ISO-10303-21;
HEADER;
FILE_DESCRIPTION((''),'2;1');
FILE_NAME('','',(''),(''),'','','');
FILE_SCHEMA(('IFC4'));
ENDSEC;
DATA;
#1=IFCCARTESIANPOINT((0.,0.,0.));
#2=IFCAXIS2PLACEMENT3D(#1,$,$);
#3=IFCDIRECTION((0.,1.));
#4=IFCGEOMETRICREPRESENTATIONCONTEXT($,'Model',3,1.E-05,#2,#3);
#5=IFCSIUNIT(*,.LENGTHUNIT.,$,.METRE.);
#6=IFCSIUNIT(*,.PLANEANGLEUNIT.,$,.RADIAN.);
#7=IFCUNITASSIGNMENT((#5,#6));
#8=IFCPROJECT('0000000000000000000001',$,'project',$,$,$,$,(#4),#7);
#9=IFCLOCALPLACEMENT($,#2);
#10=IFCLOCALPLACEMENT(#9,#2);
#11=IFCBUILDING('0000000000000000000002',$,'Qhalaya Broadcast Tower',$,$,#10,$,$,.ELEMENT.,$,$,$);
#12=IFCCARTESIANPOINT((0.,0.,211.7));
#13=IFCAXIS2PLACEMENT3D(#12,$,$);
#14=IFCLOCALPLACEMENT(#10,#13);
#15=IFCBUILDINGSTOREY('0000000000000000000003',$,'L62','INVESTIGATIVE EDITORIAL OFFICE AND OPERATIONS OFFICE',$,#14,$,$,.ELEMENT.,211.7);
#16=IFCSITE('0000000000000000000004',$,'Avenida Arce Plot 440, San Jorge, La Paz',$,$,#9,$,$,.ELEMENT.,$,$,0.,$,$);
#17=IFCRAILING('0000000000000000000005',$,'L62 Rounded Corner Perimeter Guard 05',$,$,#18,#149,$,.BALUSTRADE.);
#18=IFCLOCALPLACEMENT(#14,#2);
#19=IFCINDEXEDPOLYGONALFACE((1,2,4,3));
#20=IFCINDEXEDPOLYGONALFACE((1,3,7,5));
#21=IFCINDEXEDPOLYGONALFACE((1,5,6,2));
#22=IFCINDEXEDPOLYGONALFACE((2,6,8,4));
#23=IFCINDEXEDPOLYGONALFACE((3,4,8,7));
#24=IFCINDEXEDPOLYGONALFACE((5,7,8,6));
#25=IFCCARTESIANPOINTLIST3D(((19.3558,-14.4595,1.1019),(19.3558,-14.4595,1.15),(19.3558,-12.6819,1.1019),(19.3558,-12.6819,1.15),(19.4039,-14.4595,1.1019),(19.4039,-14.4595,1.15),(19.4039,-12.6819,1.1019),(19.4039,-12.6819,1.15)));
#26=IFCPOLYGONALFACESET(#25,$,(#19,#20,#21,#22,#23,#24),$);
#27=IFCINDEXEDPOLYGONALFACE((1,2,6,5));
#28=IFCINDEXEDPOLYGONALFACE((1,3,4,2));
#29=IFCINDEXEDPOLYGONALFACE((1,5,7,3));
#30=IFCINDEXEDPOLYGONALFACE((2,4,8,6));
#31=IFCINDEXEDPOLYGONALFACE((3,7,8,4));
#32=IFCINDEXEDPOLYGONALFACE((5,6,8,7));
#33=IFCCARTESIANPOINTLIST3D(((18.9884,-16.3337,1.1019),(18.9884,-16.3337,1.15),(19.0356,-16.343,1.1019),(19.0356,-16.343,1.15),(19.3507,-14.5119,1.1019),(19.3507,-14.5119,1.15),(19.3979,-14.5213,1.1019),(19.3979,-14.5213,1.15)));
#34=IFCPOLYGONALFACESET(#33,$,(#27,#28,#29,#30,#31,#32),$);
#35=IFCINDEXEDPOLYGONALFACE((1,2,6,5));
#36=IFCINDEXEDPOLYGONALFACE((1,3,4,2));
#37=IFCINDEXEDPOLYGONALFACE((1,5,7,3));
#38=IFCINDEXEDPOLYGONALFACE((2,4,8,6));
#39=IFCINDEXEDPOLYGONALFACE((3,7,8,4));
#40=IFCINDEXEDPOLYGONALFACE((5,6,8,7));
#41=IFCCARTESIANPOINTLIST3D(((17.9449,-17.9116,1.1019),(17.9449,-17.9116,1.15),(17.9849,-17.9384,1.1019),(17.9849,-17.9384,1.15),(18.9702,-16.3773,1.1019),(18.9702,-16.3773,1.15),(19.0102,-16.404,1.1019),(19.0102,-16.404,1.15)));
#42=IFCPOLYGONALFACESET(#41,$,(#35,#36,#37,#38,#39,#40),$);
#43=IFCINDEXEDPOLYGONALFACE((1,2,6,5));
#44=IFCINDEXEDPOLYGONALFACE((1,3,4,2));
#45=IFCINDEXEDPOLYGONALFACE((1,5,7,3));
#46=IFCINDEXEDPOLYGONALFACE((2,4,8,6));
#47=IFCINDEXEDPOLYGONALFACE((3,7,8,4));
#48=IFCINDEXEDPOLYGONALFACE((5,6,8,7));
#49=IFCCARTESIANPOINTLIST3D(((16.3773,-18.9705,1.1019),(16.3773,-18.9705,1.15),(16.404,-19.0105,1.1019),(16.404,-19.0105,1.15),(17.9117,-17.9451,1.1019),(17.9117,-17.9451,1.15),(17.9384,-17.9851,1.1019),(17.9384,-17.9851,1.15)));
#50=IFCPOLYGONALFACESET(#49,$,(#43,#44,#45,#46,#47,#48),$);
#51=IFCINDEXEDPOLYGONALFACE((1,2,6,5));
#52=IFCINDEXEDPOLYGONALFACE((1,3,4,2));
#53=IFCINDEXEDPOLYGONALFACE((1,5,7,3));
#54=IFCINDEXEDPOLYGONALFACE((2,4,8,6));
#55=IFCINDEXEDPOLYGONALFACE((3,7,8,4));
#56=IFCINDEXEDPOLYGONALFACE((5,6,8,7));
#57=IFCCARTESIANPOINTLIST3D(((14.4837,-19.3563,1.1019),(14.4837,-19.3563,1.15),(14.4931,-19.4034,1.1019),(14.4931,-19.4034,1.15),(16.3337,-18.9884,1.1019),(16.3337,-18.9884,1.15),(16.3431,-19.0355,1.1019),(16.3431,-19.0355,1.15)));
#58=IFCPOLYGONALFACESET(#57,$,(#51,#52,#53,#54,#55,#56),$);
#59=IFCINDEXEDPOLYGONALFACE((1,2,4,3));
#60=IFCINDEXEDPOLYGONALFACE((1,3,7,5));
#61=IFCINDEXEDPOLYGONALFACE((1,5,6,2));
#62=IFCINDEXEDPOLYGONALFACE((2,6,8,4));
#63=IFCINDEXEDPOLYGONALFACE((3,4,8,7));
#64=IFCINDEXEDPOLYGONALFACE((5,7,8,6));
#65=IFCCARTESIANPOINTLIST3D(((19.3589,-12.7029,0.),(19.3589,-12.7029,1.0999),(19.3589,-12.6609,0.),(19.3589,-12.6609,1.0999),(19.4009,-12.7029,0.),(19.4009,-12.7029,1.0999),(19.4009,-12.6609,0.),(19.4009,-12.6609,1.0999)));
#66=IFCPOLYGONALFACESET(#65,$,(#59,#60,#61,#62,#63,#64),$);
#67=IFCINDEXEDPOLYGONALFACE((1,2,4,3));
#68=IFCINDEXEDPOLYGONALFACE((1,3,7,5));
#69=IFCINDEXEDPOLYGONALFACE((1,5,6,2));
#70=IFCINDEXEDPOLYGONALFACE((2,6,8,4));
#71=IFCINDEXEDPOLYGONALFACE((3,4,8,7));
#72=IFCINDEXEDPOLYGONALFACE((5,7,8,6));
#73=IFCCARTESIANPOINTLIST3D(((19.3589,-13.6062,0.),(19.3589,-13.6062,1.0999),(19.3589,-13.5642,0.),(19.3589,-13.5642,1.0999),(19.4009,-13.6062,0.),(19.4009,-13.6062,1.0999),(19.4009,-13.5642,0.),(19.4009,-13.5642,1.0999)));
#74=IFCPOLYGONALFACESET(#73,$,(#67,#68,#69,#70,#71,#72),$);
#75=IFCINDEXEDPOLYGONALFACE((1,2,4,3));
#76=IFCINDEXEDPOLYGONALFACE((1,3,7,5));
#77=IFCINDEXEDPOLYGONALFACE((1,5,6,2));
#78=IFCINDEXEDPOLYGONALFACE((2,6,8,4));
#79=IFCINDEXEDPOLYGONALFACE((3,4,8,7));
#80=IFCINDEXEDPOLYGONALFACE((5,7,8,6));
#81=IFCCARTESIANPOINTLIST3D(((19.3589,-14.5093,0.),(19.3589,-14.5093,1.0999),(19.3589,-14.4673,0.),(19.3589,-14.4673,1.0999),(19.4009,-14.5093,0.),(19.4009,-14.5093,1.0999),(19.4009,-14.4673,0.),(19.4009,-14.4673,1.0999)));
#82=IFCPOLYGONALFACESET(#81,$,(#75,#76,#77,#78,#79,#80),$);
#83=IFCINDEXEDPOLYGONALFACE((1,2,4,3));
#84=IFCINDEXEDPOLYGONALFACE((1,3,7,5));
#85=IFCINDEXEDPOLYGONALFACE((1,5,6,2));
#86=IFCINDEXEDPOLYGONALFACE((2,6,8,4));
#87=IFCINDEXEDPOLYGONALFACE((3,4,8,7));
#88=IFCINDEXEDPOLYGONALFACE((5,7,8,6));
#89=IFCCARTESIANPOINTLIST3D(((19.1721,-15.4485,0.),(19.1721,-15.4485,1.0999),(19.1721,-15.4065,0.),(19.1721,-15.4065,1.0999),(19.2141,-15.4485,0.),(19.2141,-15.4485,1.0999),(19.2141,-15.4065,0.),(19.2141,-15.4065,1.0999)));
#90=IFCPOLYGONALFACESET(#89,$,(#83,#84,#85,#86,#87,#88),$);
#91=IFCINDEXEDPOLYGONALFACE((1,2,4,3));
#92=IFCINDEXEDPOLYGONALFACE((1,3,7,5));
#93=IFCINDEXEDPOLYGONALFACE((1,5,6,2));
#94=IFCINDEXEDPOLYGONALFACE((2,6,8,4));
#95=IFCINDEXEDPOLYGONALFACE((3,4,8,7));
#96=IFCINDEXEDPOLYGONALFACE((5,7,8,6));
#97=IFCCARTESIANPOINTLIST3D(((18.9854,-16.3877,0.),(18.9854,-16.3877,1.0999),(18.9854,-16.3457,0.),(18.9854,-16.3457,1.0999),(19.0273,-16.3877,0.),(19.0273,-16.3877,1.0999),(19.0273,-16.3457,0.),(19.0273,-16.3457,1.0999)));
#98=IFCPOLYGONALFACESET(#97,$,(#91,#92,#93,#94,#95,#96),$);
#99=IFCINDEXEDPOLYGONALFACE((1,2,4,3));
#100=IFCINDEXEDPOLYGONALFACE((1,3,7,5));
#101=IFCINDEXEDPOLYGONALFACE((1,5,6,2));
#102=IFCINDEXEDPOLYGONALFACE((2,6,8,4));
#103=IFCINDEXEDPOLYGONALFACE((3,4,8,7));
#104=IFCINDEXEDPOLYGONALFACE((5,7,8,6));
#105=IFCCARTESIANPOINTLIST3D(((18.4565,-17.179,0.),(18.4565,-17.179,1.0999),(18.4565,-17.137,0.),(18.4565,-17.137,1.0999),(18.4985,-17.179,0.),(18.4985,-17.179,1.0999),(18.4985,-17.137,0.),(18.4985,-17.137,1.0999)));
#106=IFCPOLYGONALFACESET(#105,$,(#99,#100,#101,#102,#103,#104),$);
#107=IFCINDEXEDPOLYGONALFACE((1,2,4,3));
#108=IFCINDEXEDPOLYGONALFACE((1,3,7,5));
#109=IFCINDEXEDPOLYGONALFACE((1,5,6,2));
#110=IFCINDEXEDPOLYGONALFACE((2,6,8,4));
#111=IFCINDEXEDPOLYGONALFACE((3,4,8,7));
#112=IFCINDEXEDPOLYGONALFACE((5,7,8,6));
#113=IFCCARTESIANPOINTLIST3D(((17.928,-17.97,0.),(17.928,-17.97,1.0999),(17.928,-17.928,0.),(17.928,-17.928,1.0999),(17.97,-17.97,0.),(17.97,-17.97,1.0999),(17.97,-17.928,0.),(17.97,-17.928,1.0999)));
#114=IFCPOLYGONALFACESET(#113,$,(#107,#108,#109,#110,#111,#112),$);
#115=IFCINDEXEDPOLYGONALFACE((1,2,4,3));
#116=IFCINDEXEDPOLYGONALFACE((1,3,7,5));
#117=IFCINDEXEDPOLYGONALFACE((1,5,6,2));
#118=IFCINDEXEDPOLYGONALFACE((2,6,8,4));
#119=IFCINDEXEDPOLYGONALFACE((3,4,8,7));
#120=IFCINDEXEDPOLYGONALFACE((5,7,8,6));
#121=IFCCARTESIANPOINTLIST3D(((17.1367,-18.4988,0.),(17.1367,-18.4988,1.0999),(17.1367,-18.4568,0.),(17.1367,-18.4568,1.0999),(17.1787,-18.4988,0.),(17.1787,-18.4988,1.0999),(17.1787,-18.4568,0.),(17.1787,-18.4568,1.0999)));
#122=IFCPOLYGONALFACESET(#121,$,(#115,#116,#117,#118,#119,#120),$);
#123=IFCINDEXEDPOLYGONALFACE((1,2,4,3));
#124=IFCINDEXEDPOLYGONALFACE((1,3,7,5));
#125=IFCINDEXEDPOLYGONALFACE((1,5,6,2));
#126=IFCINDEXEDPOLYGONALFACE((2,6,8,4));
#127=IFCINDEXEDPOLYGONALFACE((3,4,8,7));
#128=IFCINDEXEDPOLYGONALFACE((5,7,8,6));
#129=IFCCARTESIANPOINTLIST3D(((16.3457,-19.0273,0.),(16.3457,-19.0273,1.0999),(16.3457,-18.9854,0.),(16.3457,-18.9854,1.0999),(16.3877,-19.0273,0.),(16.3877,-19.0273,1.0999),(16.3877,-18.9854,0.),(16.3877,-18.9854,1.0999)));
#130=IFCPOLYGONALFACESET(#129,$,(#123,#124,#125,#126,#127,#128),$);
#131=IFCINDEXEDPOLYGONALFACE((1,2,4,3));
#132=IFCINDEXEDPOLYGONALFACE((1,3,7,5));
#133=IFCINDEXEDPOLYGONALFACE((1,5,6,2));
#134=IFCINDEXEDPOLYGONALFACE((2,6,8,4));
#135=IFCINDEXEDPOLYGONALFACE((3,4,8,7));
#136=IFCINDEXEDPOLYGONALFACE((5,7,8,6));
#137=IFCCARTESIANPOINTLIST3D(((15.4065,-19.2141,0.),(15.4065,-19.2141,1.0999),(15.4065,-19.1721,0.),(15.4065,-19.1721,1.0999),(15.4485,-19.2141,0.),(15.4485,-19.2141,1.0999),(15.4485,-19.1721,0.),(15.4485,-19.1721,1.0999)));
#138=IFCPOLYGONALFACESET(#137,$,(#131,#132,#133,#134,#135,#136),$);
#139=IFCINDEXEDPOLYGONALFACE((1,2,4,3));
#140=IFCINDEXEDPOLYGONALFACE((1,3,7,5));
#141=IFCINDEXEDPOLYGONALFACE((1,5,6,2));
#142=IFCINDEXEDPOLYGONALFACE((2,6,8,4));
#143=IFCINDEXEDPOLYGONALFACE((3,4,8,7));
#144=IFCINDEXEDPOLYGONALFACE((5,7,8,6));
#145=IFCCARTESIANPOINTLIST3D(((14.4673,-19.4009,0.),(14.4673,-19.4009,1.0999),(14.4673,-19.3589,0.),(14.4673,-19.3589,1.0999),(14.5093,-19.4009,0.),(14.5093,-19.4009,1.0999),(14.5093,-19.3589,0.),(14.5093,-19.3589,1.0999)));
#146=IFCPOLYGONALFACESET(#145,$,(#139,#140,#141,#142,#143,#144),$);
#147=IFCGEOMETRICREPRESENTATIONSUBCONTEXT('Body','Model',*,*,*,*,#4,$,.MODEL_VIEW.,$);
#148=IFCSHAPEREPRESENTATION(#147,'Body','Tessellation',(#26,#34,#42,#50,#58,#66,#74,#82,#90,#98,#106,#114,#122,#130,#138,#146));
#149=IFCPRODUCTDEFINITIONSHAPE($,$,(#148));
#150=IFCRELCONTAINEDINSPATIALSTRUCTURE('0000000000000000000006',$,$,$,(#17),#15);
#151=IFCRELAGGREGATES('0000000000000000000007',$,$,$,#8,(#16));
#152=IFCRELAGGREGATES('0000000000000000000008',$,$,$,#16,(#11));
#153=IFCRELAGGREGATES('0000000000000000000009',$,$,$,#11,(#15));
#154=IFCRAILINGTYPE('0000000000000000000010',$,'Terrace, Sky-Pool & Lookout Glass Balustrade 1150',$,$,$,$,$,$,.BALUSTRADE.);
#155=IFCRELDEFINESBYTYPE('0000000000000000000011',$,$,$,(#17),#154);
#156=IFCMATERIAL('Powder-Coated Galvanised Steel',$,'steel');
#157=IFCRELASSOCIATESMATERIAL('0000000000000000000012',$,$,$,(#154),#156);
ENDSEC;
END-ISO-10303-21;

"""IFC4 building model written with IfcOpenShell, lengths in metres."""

from ifc_helpers import new_model, si_unit, direction, frame, origin, origin_2d, place, context, subcontext, project, spatial, rectangle, extrude, material, type_object, element, save


model = new_model("IFC4")

# Units and contexts
model_context = context("Model", 3, precision=1e-05, world=origin(), true_north=direction((0.0, 1.0)))
body_context = subcontext(model_context, "Body", "Model", "MODEL_VIEW")
ifc_project = project(units=[si_unit("LENGTHUNIT", "METRE"), si_unit("PLANEANGLEUNIT", "RADIAN")], contexts=[model_context])

# Site, building, storey
site_placement = place(None, origin())
site = spatial("IfcSite", under=ifc_project, at=site_placement, Name="Avenida Arce Plot 440, San Jorge, La Paz", CompositionType="ELEMENT", RefElevation=0.0)
building_placement = place(site_placement, origin())
building = spatial("IfcBuilding", under=site, at=building_placement, Name="Qhalaya Broadcast Tower", CompositionType="ELEMENT")
storey_placement = place(building_placement, frame((0.0, 0.0, 211.7)))
storey = spatial("IfcBuildingStorey", under=building, at=storey_placement, Name="L62", Description="INVESTIGATIVE EDITORIAL OFFICE AND OPERATIONS OFFICE", CompositionType="ELEMENT", Elevation=211.7)

# Railing
ifc_material_1 = material(Name="Powder-Coated Galvanised Steel", Category="steel")
railing_type = type_object("IfcRailingType", Name="Terrace, Sky-Pool & Lookout Glass Balustrade 1150", PredefinedType="BALUSTRADE", material=ifc_material_1)
railing_1_placement = place(storey_placement, frame((19.3799, -12.6819, 0.0)))
element("IfcRailing", 1, at=railing_1_placement, inside=storey, type_object=railing_type, Name="L62 Rounded Corner Perimeter Guard 05", PredefinedType="BALUSTRADE", context=body_context, shape_type="SweptSolid", body=[
    extrude(rectangle(XDim=0.0481, YDim=0.0481, at=origin_2d()), frame((0.0, 0.0, 1.126), z_axis=(0.0, -1.0, 0.0), x_axis=(1.0, 0.0, 0.0)), (0.0, 0.0, 1.0), 1.7776),
    extrude(rectangle(XDim=0.0481, YDim=0.0481, at=origin_2d()), frame((-0.0056, -1.8347, 1.126), z_axis=(-0.195037, -0.980796, 0.0), x_axis=(0.980796, -0.195037, 0.0)), (0.0, 0.0, 1.0), 1.8574),
    extrude(rectangle(XDim=0.0481, YDim=0.0481, at=origin_2d()), frame((-0.3896, -3.7087, 1.126), z_axis=(-0.555618, -0.831438, 0.0), x_axis=(0.831438, -0.555618, 0.0)), (0.0, 0.0, 1.0), 1.8455),
    extrude(rectangle(XDim=0.0481, YDim=0.0481, at=origin_2d()), frame((-1.4548, -5.2832, 1.126), z_axis=(-0.831438, -0.555618, 0.0), x_axis=(0.555618, -0.831438, 0.0)), (0.0, 0.0, 1.0), 1.8455),
    extrude(rectangle(XDim=0.0481, YDim=0.0481, at=origin_2d()), frame((-3.0415, -6.3301, 1.126), z_axis=(-0.980796, -0.195037, 0.0), x_axis=(0.195037, -0.980796, 0.0)), (0.0, 0.0, 1.0), 1.8862),
    extrude(rectangle(XDim=0.042, YDim=0.042, at=origin_2d()), origin(), (0.0, 0.0, 1.0), 1.0999),
    extrude(rectangle(XDim=0.042, YDim=0.042, at=origin_2d()), frame((0.0, -0.9033, 0.0)), (0.0, 0.0, 1.0), 1.0999),
    extrude(rectangle(XDim=0.042, YDim=0.042, at=origin_2d()), frame((0.0, -1.8064, 0.0)), (0.0, 0.0, 1.0), 1.0999),
    extrude(rectangle(XDim=0.042, YDim=0.042, at=origin_2d()), frame((-0.1868, -2.7456, 0.0)), (0.0, 0.0, 1.0), 1.0999),
    extrude(rectangle(XDim=0.042, YDim=0.042, at=origin_2d()), frame((-0.3735, -3.6848, 0.0)), (0.0, 0.0, 1.0), 1.0999),
    extrude(rectangle(XDim=0.042, YDim=0.042, at=origin_2d()), frame((-0.9023, -4.4761, 0.0)), (0.0, 0.0, 1.0), 1.0999),
    extrude(rectangle(XDim=0.042, YDim=0.042, at=origin_2d()), frame((-1.4309, -5.2671, 0.0)), (0.0, 0.0, 1.0), 1.0999),
    extrude(rectangle(XDim=0.042, YDim=0.042, at=origin_2d()), frame((-2.2222, -5.7959, 0.0)), (0.0, 0.0, 1.0), 1.0999),
    extrude(rectangle(XDim=0.042, YDim=0.042, at=origin_2d()), frame((-3.0132, -6.3245, 0.0)), (0.0, 0.0, 1.0), 1.0999),
    extrude(rectangle(XDim=0.042, YDim=0.042, at=origin_2d()), frame((-3.9524, -6.5112, 0.0)), (0.0, 0.0, 1.0), 1.0999),
    extrude(rectangle(XDim=0.042, YDim=0.042, at=origin_2d()), frame((-4.8916, -6.698, 0.0)), (0.0, 0.0, 1.0), 1.0999),
])

save(model, "model.ifc")
